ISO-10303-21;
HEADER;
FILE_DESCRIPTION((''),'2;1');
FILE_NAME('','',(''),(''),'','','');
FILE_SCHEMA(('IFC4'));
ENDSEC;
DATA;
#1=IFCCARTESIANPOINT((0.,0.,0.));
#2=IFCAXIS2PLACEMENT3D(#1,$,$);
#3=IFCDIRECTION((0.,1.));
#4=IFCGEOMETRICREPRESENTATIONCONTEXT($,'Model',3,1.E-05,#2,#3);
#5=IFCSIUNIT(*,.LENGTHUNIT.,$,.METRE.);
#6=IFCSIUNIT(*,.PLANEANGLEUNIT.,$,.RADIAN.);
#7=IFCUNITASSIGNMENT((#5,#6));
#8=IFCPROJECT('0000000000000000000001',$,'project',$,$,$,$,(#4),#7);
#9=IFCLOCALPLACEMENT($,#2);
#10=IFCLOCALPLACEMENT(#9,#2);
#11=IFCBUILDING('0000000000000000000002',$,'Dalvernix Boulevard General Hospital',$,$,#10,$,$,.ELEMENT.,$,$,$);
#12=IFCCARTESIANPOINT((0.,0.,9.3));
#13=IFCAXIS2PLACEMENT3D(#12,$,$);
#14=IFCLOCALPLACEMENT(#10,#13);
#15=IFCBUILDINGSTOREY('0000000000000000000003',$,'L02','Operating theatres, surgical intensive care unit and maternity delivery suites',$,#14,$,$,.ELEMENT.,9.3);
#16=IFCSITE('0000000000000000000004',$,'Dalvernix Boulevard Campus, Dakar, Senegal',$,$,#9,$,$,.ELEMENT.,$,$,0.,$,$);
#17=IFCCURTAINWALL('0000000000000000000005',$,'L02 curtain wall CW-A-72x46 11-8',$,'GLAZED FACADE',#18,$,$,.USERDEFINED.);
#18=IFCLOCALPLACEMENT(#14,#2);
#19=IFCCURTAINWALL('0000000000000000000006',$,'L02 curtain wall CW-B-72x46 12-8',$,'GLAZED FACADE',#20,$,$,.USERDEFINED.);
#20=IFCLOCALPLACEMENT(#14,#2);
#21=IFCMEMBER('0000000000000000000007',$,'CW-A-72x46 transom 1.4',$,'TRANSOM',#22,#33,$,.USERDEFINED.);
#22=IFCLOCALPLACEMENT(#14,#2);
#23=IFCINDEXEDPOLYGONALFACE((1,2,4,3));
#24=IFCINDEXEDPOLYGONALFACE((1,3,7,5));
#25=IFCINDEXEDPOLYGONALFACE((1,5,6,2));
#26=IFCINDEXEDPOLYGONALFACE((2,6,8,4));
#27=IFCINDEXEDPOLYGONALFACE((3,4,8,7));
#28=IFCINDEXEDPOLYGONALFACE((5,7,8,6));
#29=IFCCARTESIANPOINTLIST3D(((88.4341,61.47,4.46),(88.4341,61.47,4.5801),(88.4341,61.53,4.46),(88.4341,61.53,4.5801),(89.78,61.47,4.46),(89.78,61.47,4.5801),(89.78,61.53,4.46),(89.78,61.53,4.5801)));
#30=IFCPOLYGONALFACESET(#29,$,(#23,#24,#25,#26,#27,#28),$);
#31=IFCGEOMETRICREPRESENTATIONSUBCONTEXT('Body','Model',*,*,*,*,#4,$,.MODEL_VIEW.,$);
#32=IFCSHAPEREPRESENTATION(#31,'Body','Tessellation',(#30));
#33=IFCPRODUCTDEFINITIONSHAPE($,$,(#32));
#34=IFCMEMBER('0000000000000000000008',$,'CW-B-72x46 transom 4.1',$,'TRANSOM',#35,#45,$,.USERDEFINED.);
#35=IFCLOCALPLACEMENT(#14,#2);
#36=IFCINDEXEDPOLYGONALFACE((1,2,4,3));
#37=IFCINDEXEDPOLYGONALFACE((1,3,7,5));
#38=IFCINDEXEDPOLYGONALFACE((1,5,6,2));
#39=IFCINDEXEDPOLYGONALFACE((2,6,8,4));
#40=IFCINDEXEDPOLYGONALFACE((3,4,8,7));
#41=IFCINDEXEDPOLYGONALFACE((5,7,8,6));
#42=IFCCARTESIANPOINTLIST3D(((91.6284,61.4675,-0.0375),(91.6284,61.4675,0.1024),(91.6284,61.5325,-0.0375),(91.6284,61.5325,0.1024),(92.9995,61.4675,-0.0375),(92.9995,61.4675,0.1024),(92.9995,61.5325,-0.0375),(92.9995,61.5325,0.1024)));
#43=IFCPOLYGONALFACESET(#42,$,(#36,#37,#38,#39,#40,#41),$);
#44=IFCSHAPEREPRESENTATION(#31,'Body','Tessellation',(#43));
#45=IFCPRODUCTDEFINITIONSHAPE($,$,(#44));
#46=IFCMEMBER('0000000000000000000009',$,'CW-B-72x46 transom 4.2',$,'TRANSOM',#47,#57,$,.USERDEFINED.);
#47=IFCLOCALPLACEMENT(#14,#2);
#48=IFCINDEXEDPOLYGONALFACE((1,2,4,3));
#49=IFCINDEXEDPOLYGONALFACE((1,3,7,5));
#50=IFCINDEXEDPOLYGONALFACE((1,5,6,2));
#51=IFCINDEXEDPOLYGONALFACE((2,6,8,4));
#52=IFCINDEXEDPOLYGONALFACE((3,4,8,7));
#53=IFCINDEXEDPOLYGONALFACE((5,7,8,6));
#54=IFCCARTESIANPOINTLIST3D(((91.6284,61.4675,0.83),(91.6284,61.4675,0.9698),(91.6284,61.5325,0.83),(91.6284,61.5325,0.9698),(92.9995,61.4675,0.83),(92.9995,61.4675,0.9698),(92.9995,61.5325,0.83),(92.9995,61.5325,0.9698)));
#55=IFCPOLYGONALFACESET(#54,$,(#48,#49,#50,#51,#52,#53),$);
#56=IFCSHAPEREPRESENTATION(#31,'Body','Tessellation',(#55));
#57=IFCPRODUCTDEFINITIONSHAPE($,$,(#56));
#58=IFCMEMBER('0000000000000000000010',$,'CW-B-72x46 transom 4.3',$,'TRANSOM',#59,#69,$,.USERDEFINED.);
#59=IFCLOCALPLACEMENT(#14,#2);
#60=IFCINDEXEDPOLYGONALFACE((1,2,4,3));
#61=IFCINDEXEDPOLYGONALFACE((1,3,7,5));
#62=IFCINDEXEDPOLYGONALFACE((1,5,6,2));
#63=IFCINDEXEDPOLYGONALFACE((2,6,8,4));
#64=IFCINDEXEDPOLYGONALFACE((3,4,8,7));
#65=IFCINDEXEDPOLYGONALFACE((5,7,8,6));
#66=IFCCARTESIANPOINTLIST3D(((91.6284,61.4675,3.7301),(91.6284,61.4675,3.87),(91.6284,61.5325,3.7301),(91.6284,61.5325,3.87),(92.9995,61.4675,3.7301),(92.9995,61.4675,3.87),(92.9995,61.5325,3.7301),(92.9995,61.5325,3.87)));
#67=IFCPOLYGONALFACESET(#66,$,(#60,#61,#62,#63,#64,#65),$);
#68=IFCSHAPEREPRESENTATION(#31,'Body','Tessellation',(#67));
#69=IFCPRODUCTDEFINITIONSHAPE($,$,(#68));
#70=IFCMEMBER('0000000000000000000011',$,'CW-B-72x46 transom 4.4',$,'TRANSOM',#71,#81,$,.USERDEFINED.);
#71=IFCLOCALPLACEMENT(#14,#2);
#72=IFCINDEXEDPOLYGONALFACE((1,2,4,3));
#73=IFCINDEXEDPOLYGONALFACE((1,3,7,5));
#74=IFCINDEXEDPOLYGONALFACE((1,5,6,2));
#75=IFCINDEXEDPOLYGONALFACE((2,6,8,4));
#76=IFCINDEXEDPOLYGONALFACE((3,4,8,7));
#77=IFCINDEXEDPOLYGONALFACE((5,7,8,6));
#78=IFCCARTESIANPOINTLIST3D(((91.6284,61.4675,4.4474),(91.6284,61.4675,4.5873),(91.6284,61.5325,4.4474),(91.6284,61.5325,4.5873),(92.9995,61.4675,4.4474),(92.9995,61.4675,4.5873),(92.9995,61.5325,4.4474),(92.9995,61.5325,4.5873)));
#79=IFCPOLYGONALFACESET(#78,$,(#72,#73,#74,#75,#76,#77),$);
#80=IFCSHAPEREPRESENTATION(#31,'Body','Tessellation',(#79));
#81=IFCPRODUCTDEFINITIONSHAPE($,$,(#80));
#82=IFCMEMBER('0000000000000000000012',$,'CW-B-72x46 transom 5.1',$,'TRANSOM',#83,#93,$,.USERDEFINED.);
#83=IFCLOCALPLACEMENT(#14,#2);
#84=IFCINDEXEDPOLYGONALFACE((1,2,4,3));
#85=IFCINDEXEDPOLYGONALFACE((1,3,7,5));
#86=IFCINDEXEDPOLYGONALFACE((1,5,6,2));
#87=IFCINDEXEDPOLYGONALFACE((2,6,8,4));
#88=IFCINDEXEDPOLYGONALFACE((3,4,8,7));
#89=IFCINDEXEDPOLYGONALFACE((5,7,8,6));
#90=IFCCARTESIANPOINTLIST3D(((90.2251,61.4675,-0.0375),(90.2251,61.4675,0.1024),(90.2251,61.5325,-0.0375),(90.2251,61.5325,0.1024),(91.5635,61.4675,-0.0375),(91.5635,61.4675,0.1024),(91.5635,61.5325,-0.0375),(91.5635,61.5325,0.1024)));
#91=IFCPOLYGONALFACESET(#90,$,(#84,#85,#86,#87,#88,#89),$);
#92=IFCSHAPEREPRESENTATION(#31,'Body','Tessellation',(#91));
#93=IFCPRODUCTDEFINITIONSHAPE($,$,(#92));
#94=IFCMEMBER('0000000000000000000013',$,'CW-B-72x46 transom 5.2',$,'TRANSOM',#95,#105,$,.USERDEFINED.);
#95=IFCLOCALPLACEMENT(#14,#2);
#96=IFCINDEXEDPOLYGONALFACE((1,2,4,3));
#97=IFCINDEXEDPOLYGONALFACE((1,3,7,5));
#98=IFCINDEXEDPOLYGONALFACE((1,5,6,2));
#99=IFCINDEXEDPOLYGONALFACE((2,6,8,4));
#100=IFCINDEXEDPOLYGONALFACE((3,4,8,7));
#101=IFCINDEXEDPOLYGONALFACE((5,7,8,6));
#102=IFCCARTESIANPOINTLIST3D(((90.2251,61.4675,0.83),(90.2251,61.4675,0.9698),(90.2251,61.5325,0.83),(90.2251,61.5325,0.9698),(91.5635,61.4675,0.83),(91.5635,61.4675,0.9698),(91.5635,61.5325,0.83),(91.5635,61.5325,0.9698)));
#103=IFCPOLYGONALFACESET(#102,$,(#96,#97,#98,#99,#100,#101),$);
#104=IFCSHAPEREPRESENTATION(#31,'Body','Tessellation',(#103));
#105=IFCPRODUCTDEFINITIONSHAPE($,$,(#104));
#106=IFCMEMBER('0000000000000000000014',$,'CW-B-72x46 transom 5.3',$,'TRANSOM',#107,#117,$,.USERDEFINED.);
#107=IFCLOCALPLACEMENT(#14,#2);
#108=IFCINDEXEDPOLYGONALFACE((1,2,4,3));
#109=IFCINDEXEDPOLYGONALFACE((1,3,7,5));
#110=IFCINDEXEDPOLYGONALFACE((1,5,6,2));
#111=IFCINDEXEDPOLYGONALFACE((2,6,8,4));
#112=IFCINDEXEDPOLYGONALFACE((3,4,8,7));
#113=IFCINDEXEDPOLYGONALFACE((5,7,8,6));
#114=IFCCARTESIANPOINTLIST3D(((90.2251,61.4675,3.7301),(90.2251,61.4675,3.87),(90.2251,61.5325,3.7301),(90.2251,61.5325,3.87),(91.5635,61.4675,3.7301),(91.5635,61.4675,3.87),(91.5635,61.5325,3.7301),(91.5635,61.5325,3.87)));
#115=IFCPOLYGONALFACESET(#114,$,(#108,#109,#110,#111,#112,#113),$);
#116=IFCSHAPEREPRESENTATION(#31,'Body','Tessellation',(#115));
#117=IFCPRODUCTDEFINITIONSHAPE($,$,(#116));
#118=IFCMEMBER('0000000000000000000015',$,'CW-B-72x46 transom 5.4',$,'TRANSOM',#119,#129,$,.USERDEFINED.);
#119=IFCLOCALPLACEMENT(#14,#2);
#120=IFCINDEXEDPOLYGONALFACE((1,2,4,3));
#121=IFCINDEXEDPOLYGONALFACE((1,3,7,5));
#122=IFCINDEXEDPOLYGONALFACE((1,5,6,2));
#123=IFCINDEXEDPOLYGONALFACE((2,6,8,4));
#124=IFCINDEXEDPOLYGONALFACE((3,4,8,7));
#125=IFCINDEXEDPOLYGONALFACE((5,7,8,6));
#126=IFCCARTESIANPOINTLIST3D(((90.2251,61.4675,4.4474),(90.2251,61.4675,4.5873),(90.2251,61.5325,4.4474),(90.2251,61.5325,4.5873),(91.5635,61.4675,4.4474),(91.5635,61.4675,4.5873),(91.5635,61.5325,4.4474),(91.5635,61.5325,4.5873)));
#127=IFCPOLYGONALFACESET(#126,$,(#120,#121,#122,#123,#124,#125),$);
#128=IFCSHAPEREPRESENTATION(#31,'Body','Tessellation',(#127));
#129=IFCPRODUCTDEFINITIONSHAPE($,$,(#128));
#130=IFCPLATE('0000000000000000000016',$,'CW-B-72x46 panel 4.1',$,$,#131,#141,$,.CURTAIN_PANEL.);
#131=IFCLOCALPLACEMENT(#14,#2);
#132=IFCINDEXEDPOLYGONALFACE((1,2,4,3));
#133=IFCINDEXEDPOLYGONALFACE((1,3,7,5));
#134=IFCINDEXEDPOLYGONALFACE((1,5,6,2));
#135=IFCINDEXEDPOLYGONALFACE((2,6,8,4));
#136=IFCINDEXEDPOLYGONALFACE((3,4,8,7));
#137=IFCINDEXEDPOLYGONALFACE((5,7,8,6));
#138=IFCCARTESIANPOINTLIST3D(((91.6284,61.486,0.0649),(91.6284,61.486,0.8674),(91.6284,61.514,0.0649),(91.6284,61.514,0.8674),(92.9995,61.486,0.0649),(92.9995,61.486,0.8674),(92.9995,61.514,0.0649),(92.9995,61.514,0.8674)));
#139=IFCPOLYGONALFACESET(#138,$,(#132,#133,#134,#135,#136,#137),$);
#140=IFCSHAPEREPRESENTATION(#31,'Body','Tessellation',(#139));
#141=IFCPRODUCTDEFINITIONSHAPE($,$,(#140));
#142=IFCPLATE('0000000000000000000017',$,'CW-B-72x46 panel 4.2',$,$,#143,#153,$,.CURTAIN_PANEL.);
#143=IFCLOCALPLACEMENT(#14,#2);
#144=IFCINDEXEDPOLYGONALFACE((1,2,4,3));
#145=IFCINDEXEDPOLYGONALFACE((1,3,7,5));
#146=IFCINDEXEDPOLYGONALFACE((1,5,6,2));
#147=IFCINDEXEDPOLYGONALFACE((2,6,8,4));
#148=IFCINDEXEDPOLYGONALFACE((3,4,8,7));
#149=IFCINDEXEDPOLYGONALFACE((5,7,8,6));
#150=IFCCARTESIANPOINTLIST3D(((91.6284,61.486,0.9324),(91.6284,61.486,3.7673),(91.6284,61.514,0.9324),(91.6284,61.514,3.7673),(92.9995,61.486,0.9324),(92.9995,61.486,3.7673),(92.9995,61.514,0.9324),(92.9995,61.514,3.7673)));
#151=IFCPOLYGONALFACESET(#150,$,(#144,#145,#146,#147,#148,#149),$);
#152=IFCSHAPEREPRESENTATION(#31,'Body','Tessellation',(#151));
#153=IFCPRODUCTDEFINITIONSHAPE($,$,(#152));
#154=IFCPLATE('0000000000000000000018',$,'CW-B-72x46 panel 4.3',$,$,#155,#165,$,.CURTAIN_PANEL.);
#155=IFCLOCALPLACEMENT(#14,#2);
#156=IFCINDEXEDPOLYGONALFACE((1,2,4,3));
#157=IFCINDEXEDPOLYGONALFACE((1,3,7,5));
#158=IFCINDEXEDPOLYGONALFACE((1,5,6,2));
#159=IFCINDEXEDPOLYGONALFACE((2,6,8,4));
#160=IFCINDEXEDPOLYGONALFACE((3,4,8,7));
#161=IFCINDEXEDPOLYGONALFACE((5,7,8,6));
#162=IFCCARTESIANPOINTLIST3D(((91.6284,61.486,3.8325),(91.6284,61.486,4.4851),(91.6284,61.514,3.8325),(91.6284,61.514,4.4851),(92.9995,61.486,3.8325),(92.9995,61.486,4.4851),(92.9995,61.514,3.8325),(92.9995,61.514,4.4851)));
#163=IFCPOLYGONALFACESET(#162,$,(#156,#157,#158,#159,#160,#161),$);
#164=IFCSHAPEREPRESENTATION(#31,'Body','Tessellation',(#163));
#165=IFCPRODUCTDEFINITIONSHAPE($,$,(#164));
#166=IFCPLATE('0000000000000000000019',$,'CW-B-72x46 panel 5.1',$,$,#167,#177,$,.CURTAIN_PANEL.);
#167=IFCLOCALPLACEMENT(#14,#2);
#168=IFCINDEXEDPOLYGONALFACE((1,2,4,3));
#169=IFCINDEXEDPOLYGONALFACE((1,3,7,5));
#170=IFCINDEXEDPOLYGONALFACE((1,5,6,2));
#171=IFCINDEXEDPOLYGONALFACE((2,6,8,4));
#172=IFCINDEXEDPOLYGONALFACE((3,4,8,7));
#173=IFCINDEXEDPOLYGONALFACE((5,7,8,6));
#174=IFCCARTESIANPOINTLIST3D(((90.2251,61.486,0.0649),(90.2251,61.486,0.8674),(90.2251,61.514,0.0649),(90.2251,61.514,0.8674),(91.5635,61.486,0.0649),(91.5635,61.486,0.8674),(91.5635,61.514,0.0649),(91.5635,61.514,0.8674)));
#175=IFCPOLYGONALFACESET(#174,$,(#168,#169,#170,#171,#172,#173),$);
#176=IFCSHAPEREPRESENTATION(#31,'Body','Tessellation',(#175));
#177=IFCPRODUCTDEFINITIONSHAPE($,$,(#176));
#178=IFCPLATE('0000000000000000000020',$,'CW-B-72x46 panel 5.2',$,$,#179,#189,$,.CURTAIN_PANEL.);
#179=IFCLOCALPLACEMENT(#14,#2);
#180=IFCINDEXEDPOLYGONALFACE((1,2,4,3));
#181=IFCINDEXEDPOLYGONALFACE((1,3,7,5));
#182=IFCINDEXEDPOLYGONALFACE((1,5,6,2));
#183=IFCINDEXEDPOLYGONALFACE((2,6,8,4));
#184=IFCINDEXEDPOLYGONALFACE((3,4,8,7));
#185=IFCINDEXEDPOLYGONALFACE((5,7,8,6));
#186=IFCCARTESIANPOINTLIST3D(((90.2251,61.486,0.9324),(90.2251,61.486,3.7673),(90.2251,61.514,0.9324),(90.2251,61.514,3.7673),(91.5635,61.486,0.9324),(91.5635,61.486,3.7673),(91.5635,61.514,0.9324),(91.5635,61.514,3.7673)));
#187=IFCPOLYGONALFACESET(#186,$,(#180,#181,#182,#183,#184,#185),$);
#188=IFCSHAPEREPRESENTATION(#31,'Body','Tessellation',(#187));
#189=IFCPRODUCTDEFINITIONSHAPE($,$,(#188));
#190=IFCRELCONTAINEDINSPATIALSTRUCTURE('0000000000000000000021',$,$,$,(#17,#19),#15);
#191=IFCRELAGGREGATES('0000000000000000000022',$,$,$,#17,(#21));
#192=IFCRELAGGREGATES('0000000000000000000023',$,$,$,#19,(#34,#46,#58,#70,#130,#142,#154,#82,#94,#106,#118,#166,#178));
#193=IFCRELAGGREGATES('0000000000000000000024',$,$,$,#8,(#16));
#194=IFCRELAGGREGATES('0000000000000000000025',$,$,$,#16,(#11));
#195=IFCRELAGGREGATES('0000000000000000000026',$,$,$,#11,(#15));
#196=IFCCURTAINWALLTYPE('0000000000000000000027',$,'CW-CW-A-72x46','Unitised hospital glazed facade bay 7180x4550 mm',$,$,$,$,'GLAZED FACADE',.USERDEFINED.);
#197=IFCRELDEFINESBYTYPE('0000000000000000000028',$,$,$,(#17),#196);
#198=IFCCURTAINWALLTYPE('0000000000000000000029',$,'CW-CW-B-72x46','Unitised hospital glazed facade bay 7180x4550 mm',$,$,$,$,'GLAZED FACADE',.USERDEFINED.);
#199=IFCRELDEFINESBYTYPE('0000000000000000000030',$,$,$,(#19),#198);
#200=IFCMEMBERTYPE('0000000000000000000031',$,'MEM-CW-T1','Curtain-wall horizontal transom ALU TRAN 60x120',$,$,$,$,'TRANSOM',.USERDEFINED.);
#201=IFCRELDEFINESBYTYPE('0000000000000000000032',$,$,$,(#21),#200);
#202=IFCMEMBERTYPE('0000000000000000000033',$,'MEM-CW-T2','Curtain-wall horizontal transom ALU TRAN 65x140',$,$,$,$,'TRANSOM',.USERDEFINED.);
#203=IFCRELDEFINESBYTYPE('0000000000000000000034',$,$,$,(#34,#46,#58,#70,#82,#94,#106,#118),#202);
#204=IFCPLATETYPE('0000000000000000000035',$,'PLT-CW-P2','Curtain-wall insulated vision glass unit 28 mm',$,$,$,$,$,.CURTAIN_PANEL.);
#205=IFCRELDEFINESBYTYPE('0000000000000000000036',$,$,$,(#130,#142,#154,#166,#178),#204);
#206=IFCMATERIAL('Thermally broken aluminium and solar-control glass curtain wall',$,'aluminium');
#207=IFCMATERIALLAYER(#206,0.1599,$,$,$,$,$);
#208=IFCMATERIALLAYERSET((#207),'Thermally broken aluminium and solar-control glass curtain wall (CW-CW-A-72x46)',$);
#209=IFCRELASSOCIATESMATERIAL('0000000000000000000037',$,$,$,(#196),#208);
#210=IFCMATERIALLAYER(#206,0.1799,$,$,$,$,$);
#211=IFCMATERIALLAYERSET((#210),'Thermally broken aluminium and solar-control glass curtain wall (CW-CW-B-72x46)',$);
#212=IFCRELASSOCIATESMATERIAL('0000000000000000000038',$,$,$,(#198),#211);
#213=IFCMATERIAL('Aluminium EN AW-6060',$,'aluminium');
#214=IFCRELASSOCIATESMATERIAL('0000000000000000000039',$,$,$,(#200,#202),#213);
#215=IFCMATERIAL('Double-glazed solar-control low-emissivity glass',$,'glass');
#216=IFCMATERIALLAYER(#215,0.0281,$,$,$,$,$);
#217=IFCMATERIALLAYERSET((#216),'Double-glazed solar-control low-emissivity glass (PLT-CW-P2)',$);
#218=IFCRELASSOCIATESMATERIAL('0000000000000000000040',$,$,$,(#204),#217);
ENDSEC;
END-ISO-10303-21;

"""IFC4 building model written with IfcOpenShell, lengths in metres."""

from ifc_helpers import new_model, si_unit, direction, frame, origin, origin_2d, place, context, subcontext, project, spatial, rectangle, extrude, material, layer, layer_set, material_profile, profile_set, type_object, element, aggregate, save


model = new_model("IFC4")

# Units and contexts
model_context = context("Model", 3, precision=1e-05, world=origin(), true_north=direction((0.0, 1.0)))
body_context = subcontext(model_context, "Body", "Model", "MODEL_VIEW")
ifc_project = project(units=[si_unit("LENGTHUNIT", "METRE"), si_unit("PLANEANGLEUNIT", "RADIAN")], contexts=[model_context])

# Site, building, storey
site_placement = place(None, origin())
site = spatial("IfcSite", under=ifc_project, at=site_placement, Name="Dalvernix Boulevard Campus, Dakar, Senegal", CompositionType="ELEMENT", RefElevation=0.0)
building_placement = place(site_placement, origin())
building = spatial("IfcBuilding", under=site, at=building_placement, Name="Dalvernix Boulevard General Hospital", CompositionType="ELEMENT")
storey_placement = place(building_placement, frame((0.0, 0.0, 9.3)))
storey = spatial("IfcBuildingStorey", under=building, at=storey_placement, Name="L02", Description="Operating theatres, surgical intensive care unit and maternity delivery suites", CompositionType="ELEMENT", Elevation=9.3)

# Curtain wall
ifc_material_1 = material(Name="Thermally broken aluminium and solar-control glass curtain wall", Category="aluminium")
ifc_layer_1 = layer(ifc_material_1, 0.1599)
ifc_layer_set_1 = layer_set([ifc_layer_1], Name="Thermally broken aluminium and solar-control glass curtain wall (CW-CW-A-72x46)")
curtain_wall_type_1 = type_object("IfcCurtainWallType", Name="CW-CW-A-72x46", Description="Unitised hospital glazed facade bay 7180x4550 mm", ElementType="GLAZED FACADE", PredefinedType="USERDEFINED", material=ifc_layer_set_1)
curtain_wall_1_placement = place(storey_placement, origin())
curtain_wall_1 = element("IfcCurtainWall", 1, at=curtain_wall_1_placement, inside=storey, type_object=curtain_wall_type_1, Name="L02 curtain wall CW-A-72x46 11-8", ObjectType="GLAZED FACADE", PredefinedType="USERDEFINED")
ifc_material_2 = material(Name="Aluminium EN AW-6060", Category="aluminium")

# Curtain wall
ifc_layer_2 = layer(ifc_material_1, 0.1799)
ifc_layer_set_2 = layer_set([ifc_layer_2], Name="Thermally broken aluminium and solar-control glass curtain wall (CW-CW-B-72x46)")
curtain_wall_type_2 = type_object("IfcCurtainWallType", Name="CW-CW-B-72x46", Description="Unitised hospital glazed facade bay 7180x4550 mm", ElementType="GLAZED FACADE", PredefinedType="USERDEFINED", material=ifc_layer_set_2)
curtain_wall_2_placement = place(storey_placement, origin())
curtain_wall_2 = element("IfcCurtainWall", 2, at=curtain_wall_2_placement, inside=storey, type_object=curtain_wall_type_2, Name="L02 curtain wall CW-B-72x46 12-8", ObjectType="GLAZED FACADE", PredefinedType="USERDEFINED")

# Members
ifc_material_profile_1 = material_profile(ifc_material_2, rectangle(XDim=0.0601, YDim=0.1201, at=origin_2d()), Name="ALU TRAN 60x120")
ifc_profile_set_1 = profile_set([ifc_material_profile_1], Name="Aluminium EN AW-6060")
member_type_1 = type_object("IfcMemberType", Name="MEM-CW-T1", Description="Curtain-wall horizontal transom ALU TRAN 60x120", ElementType="TRANSOM", PredefinedType="USERDEFINED", material=ifc_profile_set_1)
member_1_placement = place(storey_placement, frame((89.78, 61.5, 4.52), z_axis=(-1.0, 0.0, 0.0), x_axis=(0.0, -1.0, 0.0)))
member_1 = element("IfcMember", 3, at=member_1_placement, type_object=member_type_1, Name="CW-A-72x46 transom 1.4", ObjectType="TRANSOM", PredefinedType="USERDEFINED", context=body_context, shape_type="SweptSolid", body=[
    extrude(rectangle(XDim=0.0601, YDim=0.1201, at=origin_2d()), origin(), (0.0, 0.0, 1.0), 1.3459),
])
aggregate(curtain_wall_1, [member_1])
ifc_material_profile_2 = material_profile(ifc_material_2, rectangle(XDim=0.0649, YDim=0.1399, at=origin_2d()), Name="ALU TRAN 65x140")
ifc_profile_set_2 = profile_set([ifc_material_profile_2], Name="Aluminium EN AW-6060")
member_type_2 = type_object("IfcMemberType", Name="MEM-CW-T2", Description="Curtain-wall horizontal transom ALU TRAN 65x140", ElementType="TRANSOM", PredefinedType="USERDEFINED", material=ifc_profile_set_2)
member_2_placement = place(storey_placement, frame((92.9995, 61.5, 0.0325), z_axis=(-1.0, 0.0, 0.0), x_axis=(0.0, -1.0, 0.0)))
member_2 = element("IfcMember", 4, at=member_2_placement, type_object=member_type_2, Name="CW-B-72x46 transom 4.1", ObjectType="TRANSOM", PredefinedType="USERDEFINED", context=body_context, shape_type="SweptSolid", body=[
    extrude(rectangle(XDim=0.0649, YDim=0.1399, at=origin_2d()), origin(), (0.0, 0.0, 1.0), 1.3711),
])
member_3_placement = place(storey_placement, frame((92.9995, 61.5, 0.8999), z_axis=(-1.0, 0.0, 0.0), x_axis=(0.0, -1.0, 0.0)))
member_3 = element("IfcMember", 5, at=member_3_placement, type_object=member_type_2, Name="CW-B-72x46 transom 4.2", ObjectType="TRANSOM", PredefinedType="USERDEFINED", context=body_context, shape_type="SweptSolid", body=[
    extrude(rectangle(XDim=0.0649, YDim=0.1399, at=origin_2d()), origin(), (0.0, 0.0, 1.0), 1.3711),
])
member_4_placement = place(storey_placement, frame((92.9995, 61.5, 3.8), z_axis=(-1.0, 0.0, 0.0), x_axis=(0.0, -1.0, 0.0)))
member_4 = element("IfcMember", 6, at=member_4_placement, type_object=member_type_2, Name="CW-B-72x46 transom 4.3", ObjectType="TRANSOM", PredefinedType="USERDEFINED", context=body_context, shape_type="SweptSolid", body=[
    extrude(rectangle(XDim=0.0649, YDim=0.1399, at=origin_2d()), origin(), (0.0, 0.0, 1.0), 1.3711),
])
member_5_placement = place(storey_placement, frame((92.9995, 61.5, 4.5173), z_axis=(-1.0, 0.0, 0.0), x_axis=(0.0, -1.0, 0.0)))
member_5 = element("IfcMember", 7, at=member_5_placement, type_object=member_type_2, Name="CW-B-72x46 transom 4.4", ObjectType="TRANSOM", PredefinedType="USERDEFINED", context=body_context, shape_type="SweptSolid", body=[
    extrude(rectangle(XDim=0.0649, YDim=0.1399, at=origin_2d()), origin(), (0.0, 0.0, 1.0), 1.3711),
])
member_6_placement = place(storey_placement, frame((91.5635, 61.5, 0.0325), z_axis=(-1.0, 0.0, 0.0), x_axis=(0.0, -1.0, 0.0)))
member_6 = element("IfcMember", 8, at=member_6_placement, type_object=member_type_2, Name="CW-B-72x46 transom 5.1", ObjectType="TRANSOM", PredefinedType="USERDEFINED", context=body_context, shape_type="SweptSolid", body=[
    extrude(rectangle(XDim=0.0649, YDim=0.1399, at=origin_2d()), origin(), (0.0, 0.0, 1.0), 1.3384),
])
member_7_placement = place(storey_placement, frame((91.5635, 61.5, 0.8999), z_axis=(-1.0, 0.0, 0.0), x_axis=(0.0, -1.0, 0.0)))
member_7 = element("IfcMember", 9, at=member_7_placement, type_object=member_type_2, Name="CW-B-72x46 transom 5.2", ObjectType="TRANSOM", PredefinedType="USERDEFINED", context=body_context, shape_type="SweptSolid", body=[
    extrude(rectangle(XDim=0.0649, YDim=0.1399, at=origin_2d()), origin(), (0.0, 0.0, 1.0), 1.3384),
])
member_8_placement = place(storey_placement, frame((91.5635, 61.5, 3.8), z_axis=(-1.0, 0.0, 0.0), x_axis=(0.0, -1.0, 0.0)))
member_8 = element("IfcMember", 10, at=member_8_placement, type_object=member_type_2, Name="CW-B-72x46 transom 5.3", ObjectType="TRANSOM", PredefinedType="USERDEFINED", context=body_context, shape_type="SweptSolid", body=[
    extrude(rectangle(XDim=0.0649, YDim=0.1399, at=origin_2d()), origin(), (0.0, 0.0, 1.0), 1.3384),
])
member_9_placement = place(storey_placement, frame((91.5635, 61.5, 4.5173), z_axis=(-1.0, 0.0, 0.0), x_axis=(0.0, -1.0, 0.0)))
member_9 = element("IfcMember", 11, at=member_9_placement, type_object=member_type_2, Name="CW-B-72x46 transom 5.4", ObjectType="TRANSOM", PredefinedType="USERDEFINED", context=body_context, shape_type="SweptSolid", body=[
    extrude(rectangle(XDim=0.0649, YDim=0.1399, at=origin_2d()), origin(), (0.0, 0.0, 1.0), 1.3384),
])

# Plates
ifc_material_3 = material(Name="Double-glazed solar-control low-emissivity glass", Category="glass")
ifc_layer_3 = layer(ifc_material_3, 0.0281)
ifc_layer_set_3 = layer_set([ifc_layer_3], Name="Double-glazed solar-control low-emissivity glass (PLT-CW-P2)")
plate_type = type_object("IfcPlateType", Name="PLT-CW-P2", Description="Curtain-wall insulated vision glass unit 28 mm", PredefinedType="CURTAIN_PANEL", material=ifc_layer_set_3)
plate_1_placement = place(storey_placement, frame((92.314, 61.5, 0.0649), z_axis=(0.0, 0.0, 1.0), x_axis=(-1.0, 0.0, 0.0)))
plate_1 = element("IfcPlate", 12, at=plate_1_placement, type_object=plate_type, Name="CW-B-72x46 panel 4.1", PredefinedType="CURTAIN_PANEL", context=body_context, shape_type="SweptSolid", body=[
    extrude(rectangle(XDim=1.3711, YDim=0.0281, at=origin_2d()), origin(), (0.0, 0.0, 1.0), 0.8025),
])
plate_2_placement = place(storey_placement, frame((92.314, 61.5, 0.9324), z_axis=(0.0, 0.0, 1.0), x_axis=(-1.0, 0.0, 0.0)))
plate_2 = element("IfcPlate", 13, at=plate_2_placement, type_object=plate_type, Name="CW-B-72x46 panel 4.2", PredefinedType="CURTAIN_PANEL", context=body_context, shape_type="SweptSolid", body=[
    extrude(rectangle(XDim=1.3711, YDim=0.0281, at=origin_2d()), origin(), (0.0, 0.0, 1.0), 2.835),
])
plate_3_placement = place(storey_placement, frame((92.314, 61.5, 3.8325), z_axis=(0.0, 0.0, 1.0), x_axis=(-1.0, 0.0, 0.0)))
plate_3 = element("IfcPlate", 14, at=plate_3_placement, type_object=plate_type, Name="CW-B-72x46 panel 4.3", PredefinedType="CURTAIN_PANEL", context=body_context, shape_type="SweptSolid", body=[
    extrude(rectangle(XDim=1.3711, YDim=0.0281, at=origin_2d()), origin(), (0.0, 0.0, 1.0), 0.6526),
])
plate_4_placement = place(storey_placement, frame((90.8943, 61.5, 0.0649), z_axis=(0.0, 0.0, 1.0), x_axis=(-1.0, 0.0, 0.0)))
plate_4 = element("IfcPlate", 15, at=plate_4_placement, type_object=plate_type, Name="CW-B-72x46 panel 5.1", PredefinedType="CURTAIN_PANEL", context=body_context, shape_type="SweptSolid", body=[
    extrude(rectangle(XDim=1.3384, YDim=0.0281, at=origin_2d()), origin(), (0.0, 0.0, 1.0), 0.8025),
])
plate_5_placement = place(storey_placement, frame((90.8943, 61.5, 0.9324), z_axis=(0.0, 0.0, 1.0), x_axis=(-1.0, 0.0, 0.0)))
plate_5 = element("IfcPlate", 16, at=plate_5_placement, type_object=plate_type, Name="CW-B-72x46 panel 5.2", PredefinedType="CURTAIN_PANEL", context=body_context, shape_type="SweptSolid", body=[
    extrude(rectangle(XDim=1.3384, YDim=0.0281, at=origin_2d()), origin(), (0.0, 0.0, 1.0), 2.835),
])
aggregate(curtain_wall_2, [member_2, member_3, member_4, member_5, plate_1, plate_2, plate_3, member_6, member_7, member_8, member_9, plate_4, plate_5])

save(model, "model.ifc")
